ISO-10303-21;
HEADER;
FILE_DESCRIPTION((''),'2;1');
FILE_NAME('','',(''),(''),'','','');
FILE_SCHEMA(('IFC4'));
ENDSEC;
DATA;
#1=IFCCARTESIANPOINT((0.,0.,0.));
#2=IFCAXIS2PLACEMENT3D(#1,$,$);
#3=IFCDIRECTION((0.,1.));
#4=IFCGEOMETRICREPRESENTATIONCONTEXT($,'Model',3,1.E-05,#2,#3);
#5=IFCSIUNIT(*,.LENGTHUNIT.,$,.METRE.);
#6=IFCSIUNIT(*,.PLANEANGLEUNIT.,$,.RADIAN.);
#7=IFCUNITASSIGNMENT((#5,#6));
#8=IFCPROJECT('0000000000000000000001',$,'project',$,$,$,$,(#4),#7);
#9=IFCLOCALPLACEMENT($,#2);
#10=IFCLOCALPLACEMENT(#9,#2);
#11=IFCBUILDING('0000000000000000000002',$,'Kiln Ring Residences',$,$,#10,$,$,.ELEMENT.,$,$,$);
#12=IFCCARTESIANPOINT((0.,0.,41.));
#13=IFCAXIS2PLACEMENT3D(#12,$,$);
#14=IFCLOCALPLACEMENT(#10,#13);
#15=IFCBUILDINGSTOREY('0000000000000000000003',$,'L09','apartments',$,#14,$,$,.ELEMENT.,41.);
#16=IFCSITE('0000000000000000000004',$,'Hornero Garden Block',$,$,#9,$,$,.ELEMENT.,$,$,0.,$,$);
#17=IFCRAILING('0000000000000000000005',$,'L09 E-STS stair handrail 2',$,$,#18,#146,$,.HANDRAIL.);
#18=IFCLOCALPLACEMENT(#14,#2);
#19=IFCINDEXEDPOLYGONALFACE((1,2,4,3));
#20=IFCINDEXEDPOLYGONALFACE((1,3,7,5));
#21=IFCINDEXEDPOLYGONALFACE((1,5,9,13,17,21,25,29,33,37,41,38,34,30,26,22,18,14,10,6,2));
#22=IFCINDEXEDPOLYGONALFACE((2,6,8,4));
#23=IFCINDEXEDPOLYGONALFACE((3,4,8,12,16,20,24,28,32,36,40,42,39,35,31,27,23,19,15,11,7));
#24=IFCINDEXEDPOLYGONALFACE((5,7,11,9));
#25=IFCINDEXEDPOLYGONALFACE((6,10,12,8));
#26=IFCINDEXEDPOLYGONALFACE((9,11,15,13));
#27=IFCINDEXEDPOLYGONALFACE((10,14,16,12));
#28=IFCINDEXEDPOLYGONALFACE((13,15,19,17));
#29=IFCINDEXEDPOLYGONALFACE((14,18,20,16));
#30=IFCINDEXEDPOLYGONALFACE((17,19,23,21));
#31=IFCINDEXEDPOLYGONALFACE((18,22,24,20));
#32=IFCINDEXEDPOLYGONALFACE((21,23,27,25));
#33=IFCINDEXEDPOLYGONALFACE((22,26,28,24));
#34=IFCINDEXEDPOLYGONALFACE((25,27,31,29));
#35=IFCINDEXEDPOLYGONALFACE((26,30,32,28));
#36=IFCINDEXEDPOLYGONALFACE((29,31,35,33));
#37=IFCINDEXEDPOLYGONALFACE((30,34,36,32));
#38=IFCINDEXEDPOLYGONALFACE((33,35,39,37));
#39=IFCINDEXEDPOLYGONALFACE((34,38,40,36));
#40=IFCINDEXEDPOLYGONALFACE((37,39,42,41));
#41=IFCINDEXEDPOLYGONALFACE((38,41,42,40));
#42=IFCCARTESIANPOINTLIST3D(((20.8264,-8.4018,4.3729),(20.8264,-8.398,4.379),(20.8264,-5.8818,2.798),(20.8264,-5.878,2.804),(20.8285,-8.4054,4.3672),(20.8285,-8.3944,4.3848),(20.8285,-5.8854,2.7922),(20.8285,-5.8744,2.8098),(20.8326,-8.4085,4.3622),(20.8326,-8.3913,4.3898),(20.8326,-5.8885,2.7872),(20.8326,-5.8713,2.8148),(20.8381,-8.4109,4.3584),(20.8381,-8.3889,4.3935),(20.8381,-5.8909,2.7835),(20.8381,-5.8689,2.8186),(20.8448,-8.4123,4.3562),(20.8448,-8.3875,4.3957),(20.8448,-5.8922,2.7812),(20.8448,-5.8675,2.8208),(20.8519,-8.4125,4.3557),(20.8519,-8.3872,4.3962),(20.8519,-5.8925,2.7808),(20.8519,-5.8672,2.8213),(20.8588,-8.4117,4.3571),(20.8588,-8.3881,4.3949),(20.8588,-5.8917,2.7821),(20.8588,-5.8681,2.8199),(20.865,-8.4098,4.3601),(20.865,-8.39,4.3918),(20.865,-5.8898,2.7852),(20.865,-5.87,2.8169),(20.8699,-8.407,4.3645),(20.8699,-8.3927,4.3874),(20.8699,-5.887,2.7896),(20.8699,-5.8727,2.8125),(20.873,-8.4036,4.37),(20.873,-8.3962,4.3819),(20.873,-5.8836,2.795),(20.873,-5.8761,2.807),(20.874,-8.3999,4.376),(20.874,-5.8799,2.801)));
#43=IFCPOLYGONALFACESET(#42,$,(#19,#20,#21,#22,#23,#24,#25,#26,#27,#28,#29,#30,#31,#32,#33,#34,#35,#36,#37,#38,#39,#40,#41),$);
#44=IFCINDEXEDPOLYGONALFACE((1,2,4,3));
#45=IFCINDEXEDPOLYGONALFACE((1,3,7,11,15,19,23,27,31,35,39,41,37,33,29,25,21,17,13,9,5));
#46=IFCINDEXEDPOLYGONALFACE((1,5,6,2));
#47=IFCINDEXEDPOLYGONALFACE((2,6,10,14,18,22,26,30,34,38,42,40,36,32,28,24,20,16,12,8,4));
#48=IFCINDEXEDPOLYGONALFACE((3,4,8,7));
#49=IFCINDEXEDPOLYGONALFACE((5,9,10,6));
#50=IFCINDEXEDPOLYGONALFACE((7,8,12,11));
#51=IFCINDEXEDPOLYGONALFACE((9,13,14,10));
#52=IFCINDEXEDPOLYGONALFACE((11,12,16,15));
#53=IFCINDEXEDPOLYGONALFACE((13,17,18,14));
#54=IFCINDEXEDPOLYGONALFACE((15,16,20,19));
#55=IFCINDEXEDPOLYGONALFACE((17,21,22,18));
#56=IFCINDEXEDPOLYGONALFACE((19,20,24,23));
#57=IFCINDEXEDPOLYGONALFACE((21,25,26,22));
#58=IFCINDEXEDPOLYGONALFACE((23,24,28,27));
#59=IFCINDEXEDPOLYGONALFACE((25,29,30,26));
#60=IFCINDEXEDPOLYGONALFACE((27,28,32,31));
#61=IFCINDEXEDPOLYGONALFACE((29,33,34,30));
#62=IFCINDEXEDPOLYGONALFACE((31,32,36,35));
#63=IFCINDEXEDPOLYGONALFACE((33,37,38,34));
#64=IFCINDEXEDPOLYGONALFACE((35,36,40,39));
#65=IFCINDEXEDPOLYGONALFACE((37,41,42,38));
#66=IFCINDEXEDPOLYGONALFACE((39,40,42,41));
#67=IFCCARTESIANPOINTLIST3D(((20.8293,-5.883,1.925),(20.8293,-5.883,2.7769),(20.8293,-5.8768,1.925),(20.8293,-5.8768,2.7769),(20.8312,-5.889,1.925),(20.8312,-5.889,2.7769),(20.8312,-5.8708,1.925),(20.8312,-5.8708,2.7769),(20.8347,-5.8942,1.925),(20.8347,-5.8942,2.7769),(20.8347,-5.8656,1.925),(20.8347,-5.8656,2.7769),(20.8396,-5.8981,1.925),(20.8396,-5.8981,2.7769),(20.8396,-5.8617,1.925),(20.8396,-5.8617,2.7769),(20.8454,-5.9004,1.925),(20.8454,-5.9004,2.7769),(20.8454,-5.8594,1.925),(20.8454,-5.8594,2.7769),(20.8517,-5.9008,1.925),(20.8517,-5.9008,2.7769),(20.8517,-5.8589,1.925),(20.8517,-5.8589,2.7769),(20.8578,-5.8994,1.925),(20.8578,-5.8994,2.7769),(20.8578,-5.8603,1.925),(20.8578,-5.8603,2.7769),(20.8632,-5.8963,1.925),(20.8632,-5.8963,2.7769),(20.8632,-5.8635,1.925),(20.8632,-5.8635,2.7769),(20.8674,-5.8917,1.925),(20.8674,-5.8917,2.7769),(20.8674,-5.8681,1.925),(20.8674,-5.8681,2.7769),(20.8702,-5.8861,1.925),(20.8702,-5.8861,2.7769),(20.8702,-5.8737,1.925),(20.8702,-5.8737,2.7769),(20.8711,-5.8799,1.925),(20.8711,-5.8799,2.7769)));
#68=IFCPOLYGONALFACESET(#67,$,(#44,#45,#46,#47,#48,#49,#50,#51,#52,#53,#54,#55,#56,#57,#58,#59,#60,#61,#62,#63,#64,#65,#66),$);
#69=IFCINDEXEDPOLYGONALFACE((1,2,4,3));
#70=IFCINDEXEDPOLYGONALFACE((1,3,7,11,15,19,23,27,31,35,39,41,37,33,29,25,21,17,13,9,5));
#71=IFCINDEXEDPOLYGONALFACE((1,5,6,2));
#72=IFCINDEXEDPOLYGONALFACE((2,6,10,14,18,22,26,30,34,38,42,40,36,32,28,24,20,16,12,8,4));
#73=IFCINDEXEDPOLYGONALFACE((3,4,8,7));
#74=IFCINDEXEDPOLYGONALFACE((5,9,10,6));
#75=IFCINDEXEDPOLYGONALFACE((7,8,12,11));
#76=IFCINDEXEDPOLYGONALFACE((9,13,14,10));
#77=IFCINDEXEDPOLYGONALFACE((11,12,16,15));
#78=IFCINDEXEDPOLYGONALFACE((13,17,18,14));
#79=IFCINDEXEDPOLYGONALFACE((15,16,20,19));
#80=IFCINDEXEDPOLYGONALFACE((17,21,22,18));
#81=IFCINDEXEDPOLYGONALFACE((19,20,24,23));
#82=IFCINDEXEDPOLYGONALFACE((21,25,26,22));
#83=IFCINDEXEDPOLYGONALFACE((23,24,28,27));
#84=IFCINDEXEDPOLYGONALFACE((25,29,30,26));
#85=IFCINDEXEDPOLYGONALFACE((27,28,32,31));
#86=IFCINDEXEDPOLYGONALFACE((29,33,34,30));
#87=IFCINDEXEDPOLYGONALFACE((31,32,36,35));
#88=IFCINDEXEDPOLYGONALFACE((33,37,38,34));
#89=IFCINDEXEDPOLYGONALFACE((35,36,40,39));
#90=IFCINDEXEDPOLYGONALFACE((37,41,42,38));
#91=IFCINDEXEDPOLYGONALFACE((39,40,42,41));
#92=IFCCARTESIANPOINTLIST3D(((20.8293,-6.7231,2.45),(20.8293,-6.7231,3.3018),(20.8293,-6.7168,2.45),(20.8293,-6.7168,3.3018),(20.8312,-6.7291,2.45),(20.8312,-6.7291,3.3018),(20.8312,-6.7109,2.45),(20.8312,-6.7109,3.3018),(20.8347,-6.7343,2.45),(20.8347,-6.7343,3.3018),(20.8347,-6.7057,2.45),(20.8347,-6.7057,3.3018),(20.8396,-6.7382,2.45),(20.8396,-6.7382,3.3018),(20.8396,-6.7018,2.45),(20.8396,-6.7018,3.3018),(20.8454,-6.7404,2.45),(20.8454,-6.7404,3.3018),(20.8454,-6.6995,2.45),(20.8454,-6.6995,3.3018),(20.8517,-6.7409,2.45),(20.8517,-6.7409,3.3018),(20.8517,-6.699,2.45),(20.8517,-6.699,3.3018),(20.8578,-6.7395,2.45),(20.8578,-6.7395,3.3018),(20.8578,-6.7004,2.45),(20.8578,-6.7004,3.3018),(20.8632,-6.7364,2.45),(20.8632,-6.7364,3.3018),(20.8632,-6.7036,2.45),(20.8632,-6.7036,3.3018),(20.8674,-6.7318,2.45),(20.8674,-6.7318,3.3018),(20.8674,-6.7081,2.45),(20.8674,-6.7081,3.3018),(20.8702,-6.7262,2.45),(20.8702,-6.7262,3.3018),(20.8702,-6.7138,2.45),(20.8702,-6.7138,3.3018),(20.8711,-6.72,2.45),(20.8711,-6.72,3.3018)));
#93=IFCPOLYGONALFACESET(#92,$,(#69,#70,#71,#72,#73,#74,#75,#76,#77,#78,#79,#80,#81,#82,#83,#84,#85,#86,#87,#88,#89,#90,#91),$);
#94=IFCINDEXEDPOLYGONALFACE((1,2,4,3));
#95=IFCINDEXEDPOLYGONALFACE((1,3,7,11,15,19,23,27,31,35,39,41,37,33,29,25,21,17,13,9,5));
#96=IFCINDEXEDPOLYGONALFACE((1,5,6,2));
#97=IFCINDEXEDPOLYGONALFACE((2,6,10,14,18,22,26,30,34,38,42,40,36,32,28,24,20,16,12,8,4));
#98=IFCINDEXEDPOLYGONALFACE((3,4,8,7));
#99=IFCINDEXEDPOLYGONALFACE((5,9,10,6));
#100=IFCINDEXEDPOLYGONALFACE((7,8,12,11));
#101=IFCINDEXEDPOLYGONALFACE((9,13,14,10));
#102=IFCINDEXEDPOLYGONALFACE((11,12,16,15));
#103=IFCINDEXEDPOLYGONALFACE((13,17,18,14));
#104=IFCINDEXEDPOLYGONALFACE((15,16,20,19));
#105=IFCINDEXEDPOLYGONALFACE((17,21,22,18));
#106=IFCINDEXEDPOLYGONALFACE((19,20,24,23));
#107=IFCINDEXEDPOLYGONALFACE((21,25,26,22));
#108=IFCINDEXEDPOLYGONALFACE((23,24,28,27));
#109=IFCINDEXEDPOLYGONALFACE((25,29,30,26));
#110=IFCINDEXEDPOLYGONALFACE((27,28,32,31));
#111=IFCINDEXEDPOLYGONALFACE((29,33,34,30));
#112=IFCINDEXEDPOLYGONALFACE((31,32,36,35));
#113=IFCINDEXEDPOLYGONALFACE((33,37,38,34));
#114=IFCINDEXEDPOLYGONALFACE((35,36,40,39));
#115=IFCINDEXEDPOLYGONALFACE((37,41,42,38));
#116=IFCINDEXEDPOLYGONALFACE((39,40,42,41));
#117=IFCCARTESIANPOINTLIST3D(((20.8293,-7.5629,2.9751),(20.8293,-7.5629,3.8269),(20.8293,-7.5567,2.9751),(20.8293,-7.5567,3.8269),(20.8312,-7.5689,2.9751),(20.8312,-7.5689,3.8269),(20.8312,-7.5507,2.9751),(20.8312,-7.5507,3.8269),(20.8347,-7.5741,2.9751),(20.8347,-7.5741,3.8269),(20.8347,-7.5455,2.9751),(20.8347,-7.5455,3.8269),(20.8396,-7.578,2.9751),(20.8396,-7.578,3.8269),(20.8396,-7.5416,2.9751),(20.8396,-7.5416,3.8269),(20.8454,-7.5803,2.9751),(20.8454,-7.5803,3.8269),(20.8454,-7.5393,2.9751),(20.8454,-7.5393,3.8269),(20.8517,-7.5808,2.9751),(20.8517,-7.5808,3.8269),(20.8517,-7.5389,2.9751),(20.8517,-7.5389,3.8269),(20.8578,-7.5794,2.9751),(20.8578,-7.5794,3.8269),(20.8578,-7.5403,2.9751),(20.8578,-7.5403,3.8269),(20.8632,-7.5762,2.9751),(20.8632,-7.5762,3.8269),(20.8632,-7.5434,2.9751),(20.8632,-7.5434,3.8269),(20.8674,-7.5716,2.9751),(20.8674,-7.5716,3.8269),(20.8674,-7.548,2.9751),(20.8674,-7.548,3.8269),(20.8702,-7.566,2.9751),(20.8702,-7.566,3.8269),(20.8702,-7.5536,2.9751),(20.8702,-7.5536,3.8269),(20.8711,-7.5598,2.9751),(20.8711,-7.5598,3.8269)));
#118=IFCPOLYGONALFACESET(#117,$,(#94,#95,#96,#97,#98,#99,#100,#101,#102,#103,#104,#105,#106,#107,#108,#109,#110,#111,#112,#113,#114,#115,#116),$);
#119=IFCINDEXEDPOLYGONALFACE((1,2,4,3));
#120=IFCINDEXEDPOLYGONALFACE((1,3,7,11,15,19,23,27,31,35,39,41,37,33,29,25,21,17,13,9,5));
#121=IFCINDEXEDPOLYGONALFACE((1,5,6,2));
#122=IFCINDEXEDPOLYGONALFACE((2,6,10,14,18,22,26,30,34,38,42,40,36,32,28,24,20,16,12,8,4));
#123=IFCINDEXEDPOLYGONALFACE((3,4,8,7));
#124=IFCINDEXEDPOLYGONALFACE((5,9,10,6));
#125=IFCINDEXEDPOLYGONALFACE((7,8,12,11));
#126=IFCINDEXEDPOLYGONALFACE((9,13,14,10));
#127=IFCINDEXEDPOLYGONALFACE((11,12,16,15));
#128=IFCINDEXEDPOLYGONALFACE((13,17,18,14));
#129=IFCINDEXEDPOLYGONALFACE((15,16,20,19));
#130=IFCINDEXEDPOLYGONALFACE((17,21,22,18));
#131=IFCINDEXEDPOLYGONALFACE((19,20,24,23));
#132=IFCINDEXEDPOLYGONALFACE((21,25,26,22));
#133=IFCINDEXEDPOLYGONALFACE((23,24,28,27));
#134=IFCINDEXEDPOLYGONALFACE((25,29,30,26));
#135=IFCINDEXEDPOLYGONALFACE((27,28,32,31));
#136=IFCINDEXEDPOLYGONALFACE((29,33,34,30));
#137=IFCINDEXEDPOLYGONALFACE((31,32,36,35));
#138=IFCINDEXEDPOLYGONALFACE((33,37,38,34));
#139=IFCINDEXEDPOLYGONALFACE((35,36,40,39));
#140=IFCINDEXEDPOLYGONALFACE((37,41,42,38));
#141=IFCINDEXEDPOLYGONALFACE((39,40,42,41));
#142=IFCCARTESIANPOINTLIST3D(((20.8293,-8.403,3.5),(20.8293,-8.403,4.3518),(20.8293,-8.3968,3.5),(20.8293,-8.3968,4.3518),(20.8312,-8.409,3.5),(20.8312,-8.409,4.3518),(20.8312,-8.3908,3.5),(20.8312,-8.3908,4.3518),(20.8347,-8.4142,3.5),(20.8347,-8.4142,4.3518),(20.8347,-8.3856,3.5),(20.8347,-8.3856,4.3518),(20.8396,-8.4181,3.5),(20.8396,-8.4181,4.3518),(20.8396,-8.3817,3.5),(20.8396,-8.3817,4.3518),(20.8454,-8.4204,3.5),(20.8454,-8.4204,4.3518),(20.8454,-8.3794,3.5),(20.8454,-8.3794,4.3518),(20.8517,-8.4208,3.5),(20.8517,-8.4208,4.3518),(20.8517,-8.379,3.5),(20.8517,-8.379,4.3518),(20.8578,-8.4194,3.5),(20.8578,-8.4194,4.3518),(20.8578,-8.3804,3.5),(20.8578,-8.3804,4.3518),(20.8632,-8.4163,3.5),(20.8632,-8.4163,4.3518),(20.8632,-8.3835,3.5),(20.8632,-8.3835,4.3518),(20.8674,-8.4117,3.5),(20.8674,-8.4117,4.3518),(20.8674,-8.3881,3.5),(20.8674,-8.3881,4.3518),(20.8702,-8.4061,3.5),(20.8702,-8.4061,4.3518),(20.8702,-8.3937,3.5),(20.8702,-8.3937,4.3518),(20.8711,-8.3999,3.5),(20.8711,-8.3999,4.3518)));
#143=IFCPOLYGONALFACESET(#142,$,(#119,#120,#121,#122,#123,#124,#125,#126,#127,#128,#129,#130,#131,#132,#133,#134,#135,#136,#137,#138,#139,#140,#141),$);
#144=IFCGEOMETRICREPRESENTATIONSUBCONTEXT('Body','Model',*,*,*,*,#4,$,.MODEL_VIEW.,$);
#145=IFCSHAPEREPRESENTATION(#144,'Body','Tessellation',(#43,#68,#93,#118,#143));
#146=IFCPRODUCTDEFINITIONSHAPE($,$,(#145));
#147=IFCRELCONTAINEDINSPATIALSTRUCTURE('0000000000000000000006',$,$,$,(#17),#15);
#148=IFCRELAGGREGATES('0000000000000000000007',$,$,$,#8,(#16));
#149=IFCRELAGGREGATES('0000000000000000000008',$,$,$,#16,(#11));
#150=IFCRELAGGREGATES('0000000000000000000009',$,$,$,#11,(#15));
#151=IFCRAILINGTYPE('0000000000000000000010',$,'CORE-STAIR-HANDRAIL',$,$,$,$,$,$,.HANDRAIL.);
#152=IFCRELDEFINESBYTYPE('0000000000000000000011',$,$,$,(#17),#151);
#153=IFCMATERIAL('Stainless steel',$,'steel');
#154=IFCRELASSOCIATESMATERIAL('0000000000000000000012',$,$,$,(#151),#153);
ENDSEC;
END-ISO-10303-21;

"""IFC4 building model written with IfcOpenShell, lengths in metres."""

from ifc_helpers import new_model, si_unit, direction, frame, origin, origin_2d, place, context, subcontext, project, spatial, circle, extrude, material, type_object, element, save


model = new_model("IFC4")

# Units and contexts
model_context = context("Model", 3, precision=1e-05, world=origin(), true_north=direction((0.0, 1.0)))
body_context = subcontext(model_context, "Body", "Model", "MODEL_VIEW")
ifc_project = project(units=[si_unit("LENGTHUNIT", "METRE"), si_unit("PLANEANGLEUNIT", "RADIAN")], contexts=[model_context])

# Site, building, storey
site_placement = place(None, origin())
site = spatial("IfcSite", under=ifc_project, at=site_placement, Name="Hornero Garden Block", CompositionType="ELEMENT", RefElevation=0.0)
building_placement = place(site_placement, origin())
building = spatial("IfcBuilding", under=site, at=building_placement, Name="Kiln Ring Residences", CompositionType="ELEMENT")
storey_placement = place(building_placement, frame((0.0, 0.0, 41.0)))
storey = spatial("IfcBuildingStorey", under=building, at=storey_placement, Name="L09", Description="apartments", CompositionType="ELEMENT", Elevation=41.0)

# Railing
ifc_material_1 = material(Name="Stainless steel", Category="steel")
railing_type_1 = type_object("IfcRailingType", Name="CORE-STAIR-HANDRAIL", PredefinedType="HANDRAIL", material=ifc_material_1)
railing_1_placement = place(storey_placement, frame((20.8501, -5.8799, 1.925)))
element("IfcRailing", 1, at=railing_1_placement, inside=storey, type_object=railing_type_1, Name="L09 E-STS stair handrail 2", PredefinedType="HANDRAIL", context=body_context, shape_type="SweptSolid", body=[
    extrude(circle(Radius=0.0239, at=origin_2d()), frame((0.0, 0.0, 0.876), z_axis=(0.0, -0.848008, 0.529984), x_axis=(1.0, 0.0, 0.0)), (0.0, 0.0, 1.0), 2.9717),
    extrude(circle(Radius=0.021, at=origin_2d()), origin(), (0.0, 0.0, 1.0), 0.8518),
    extrude(circle(Radius=0.021, at=origin_2d()), frame((0.0, -0.8401, 0.5249)), (0.0, 0.0, 1.0), 0.8518),
    extrude(circle(Radius=0.021, at=origin_2d()), frame((0.0, -1.6799, 1.05)), (0.0, 0.0, 1.0), 0.8518),
    extrude(circle(Radius=0.021, at=origin_2d()), frame((0.0, -2.52, 1.575)), (0.0, 0.0, 1.0), 0.8518),
])

save(model, "model.ifc")
